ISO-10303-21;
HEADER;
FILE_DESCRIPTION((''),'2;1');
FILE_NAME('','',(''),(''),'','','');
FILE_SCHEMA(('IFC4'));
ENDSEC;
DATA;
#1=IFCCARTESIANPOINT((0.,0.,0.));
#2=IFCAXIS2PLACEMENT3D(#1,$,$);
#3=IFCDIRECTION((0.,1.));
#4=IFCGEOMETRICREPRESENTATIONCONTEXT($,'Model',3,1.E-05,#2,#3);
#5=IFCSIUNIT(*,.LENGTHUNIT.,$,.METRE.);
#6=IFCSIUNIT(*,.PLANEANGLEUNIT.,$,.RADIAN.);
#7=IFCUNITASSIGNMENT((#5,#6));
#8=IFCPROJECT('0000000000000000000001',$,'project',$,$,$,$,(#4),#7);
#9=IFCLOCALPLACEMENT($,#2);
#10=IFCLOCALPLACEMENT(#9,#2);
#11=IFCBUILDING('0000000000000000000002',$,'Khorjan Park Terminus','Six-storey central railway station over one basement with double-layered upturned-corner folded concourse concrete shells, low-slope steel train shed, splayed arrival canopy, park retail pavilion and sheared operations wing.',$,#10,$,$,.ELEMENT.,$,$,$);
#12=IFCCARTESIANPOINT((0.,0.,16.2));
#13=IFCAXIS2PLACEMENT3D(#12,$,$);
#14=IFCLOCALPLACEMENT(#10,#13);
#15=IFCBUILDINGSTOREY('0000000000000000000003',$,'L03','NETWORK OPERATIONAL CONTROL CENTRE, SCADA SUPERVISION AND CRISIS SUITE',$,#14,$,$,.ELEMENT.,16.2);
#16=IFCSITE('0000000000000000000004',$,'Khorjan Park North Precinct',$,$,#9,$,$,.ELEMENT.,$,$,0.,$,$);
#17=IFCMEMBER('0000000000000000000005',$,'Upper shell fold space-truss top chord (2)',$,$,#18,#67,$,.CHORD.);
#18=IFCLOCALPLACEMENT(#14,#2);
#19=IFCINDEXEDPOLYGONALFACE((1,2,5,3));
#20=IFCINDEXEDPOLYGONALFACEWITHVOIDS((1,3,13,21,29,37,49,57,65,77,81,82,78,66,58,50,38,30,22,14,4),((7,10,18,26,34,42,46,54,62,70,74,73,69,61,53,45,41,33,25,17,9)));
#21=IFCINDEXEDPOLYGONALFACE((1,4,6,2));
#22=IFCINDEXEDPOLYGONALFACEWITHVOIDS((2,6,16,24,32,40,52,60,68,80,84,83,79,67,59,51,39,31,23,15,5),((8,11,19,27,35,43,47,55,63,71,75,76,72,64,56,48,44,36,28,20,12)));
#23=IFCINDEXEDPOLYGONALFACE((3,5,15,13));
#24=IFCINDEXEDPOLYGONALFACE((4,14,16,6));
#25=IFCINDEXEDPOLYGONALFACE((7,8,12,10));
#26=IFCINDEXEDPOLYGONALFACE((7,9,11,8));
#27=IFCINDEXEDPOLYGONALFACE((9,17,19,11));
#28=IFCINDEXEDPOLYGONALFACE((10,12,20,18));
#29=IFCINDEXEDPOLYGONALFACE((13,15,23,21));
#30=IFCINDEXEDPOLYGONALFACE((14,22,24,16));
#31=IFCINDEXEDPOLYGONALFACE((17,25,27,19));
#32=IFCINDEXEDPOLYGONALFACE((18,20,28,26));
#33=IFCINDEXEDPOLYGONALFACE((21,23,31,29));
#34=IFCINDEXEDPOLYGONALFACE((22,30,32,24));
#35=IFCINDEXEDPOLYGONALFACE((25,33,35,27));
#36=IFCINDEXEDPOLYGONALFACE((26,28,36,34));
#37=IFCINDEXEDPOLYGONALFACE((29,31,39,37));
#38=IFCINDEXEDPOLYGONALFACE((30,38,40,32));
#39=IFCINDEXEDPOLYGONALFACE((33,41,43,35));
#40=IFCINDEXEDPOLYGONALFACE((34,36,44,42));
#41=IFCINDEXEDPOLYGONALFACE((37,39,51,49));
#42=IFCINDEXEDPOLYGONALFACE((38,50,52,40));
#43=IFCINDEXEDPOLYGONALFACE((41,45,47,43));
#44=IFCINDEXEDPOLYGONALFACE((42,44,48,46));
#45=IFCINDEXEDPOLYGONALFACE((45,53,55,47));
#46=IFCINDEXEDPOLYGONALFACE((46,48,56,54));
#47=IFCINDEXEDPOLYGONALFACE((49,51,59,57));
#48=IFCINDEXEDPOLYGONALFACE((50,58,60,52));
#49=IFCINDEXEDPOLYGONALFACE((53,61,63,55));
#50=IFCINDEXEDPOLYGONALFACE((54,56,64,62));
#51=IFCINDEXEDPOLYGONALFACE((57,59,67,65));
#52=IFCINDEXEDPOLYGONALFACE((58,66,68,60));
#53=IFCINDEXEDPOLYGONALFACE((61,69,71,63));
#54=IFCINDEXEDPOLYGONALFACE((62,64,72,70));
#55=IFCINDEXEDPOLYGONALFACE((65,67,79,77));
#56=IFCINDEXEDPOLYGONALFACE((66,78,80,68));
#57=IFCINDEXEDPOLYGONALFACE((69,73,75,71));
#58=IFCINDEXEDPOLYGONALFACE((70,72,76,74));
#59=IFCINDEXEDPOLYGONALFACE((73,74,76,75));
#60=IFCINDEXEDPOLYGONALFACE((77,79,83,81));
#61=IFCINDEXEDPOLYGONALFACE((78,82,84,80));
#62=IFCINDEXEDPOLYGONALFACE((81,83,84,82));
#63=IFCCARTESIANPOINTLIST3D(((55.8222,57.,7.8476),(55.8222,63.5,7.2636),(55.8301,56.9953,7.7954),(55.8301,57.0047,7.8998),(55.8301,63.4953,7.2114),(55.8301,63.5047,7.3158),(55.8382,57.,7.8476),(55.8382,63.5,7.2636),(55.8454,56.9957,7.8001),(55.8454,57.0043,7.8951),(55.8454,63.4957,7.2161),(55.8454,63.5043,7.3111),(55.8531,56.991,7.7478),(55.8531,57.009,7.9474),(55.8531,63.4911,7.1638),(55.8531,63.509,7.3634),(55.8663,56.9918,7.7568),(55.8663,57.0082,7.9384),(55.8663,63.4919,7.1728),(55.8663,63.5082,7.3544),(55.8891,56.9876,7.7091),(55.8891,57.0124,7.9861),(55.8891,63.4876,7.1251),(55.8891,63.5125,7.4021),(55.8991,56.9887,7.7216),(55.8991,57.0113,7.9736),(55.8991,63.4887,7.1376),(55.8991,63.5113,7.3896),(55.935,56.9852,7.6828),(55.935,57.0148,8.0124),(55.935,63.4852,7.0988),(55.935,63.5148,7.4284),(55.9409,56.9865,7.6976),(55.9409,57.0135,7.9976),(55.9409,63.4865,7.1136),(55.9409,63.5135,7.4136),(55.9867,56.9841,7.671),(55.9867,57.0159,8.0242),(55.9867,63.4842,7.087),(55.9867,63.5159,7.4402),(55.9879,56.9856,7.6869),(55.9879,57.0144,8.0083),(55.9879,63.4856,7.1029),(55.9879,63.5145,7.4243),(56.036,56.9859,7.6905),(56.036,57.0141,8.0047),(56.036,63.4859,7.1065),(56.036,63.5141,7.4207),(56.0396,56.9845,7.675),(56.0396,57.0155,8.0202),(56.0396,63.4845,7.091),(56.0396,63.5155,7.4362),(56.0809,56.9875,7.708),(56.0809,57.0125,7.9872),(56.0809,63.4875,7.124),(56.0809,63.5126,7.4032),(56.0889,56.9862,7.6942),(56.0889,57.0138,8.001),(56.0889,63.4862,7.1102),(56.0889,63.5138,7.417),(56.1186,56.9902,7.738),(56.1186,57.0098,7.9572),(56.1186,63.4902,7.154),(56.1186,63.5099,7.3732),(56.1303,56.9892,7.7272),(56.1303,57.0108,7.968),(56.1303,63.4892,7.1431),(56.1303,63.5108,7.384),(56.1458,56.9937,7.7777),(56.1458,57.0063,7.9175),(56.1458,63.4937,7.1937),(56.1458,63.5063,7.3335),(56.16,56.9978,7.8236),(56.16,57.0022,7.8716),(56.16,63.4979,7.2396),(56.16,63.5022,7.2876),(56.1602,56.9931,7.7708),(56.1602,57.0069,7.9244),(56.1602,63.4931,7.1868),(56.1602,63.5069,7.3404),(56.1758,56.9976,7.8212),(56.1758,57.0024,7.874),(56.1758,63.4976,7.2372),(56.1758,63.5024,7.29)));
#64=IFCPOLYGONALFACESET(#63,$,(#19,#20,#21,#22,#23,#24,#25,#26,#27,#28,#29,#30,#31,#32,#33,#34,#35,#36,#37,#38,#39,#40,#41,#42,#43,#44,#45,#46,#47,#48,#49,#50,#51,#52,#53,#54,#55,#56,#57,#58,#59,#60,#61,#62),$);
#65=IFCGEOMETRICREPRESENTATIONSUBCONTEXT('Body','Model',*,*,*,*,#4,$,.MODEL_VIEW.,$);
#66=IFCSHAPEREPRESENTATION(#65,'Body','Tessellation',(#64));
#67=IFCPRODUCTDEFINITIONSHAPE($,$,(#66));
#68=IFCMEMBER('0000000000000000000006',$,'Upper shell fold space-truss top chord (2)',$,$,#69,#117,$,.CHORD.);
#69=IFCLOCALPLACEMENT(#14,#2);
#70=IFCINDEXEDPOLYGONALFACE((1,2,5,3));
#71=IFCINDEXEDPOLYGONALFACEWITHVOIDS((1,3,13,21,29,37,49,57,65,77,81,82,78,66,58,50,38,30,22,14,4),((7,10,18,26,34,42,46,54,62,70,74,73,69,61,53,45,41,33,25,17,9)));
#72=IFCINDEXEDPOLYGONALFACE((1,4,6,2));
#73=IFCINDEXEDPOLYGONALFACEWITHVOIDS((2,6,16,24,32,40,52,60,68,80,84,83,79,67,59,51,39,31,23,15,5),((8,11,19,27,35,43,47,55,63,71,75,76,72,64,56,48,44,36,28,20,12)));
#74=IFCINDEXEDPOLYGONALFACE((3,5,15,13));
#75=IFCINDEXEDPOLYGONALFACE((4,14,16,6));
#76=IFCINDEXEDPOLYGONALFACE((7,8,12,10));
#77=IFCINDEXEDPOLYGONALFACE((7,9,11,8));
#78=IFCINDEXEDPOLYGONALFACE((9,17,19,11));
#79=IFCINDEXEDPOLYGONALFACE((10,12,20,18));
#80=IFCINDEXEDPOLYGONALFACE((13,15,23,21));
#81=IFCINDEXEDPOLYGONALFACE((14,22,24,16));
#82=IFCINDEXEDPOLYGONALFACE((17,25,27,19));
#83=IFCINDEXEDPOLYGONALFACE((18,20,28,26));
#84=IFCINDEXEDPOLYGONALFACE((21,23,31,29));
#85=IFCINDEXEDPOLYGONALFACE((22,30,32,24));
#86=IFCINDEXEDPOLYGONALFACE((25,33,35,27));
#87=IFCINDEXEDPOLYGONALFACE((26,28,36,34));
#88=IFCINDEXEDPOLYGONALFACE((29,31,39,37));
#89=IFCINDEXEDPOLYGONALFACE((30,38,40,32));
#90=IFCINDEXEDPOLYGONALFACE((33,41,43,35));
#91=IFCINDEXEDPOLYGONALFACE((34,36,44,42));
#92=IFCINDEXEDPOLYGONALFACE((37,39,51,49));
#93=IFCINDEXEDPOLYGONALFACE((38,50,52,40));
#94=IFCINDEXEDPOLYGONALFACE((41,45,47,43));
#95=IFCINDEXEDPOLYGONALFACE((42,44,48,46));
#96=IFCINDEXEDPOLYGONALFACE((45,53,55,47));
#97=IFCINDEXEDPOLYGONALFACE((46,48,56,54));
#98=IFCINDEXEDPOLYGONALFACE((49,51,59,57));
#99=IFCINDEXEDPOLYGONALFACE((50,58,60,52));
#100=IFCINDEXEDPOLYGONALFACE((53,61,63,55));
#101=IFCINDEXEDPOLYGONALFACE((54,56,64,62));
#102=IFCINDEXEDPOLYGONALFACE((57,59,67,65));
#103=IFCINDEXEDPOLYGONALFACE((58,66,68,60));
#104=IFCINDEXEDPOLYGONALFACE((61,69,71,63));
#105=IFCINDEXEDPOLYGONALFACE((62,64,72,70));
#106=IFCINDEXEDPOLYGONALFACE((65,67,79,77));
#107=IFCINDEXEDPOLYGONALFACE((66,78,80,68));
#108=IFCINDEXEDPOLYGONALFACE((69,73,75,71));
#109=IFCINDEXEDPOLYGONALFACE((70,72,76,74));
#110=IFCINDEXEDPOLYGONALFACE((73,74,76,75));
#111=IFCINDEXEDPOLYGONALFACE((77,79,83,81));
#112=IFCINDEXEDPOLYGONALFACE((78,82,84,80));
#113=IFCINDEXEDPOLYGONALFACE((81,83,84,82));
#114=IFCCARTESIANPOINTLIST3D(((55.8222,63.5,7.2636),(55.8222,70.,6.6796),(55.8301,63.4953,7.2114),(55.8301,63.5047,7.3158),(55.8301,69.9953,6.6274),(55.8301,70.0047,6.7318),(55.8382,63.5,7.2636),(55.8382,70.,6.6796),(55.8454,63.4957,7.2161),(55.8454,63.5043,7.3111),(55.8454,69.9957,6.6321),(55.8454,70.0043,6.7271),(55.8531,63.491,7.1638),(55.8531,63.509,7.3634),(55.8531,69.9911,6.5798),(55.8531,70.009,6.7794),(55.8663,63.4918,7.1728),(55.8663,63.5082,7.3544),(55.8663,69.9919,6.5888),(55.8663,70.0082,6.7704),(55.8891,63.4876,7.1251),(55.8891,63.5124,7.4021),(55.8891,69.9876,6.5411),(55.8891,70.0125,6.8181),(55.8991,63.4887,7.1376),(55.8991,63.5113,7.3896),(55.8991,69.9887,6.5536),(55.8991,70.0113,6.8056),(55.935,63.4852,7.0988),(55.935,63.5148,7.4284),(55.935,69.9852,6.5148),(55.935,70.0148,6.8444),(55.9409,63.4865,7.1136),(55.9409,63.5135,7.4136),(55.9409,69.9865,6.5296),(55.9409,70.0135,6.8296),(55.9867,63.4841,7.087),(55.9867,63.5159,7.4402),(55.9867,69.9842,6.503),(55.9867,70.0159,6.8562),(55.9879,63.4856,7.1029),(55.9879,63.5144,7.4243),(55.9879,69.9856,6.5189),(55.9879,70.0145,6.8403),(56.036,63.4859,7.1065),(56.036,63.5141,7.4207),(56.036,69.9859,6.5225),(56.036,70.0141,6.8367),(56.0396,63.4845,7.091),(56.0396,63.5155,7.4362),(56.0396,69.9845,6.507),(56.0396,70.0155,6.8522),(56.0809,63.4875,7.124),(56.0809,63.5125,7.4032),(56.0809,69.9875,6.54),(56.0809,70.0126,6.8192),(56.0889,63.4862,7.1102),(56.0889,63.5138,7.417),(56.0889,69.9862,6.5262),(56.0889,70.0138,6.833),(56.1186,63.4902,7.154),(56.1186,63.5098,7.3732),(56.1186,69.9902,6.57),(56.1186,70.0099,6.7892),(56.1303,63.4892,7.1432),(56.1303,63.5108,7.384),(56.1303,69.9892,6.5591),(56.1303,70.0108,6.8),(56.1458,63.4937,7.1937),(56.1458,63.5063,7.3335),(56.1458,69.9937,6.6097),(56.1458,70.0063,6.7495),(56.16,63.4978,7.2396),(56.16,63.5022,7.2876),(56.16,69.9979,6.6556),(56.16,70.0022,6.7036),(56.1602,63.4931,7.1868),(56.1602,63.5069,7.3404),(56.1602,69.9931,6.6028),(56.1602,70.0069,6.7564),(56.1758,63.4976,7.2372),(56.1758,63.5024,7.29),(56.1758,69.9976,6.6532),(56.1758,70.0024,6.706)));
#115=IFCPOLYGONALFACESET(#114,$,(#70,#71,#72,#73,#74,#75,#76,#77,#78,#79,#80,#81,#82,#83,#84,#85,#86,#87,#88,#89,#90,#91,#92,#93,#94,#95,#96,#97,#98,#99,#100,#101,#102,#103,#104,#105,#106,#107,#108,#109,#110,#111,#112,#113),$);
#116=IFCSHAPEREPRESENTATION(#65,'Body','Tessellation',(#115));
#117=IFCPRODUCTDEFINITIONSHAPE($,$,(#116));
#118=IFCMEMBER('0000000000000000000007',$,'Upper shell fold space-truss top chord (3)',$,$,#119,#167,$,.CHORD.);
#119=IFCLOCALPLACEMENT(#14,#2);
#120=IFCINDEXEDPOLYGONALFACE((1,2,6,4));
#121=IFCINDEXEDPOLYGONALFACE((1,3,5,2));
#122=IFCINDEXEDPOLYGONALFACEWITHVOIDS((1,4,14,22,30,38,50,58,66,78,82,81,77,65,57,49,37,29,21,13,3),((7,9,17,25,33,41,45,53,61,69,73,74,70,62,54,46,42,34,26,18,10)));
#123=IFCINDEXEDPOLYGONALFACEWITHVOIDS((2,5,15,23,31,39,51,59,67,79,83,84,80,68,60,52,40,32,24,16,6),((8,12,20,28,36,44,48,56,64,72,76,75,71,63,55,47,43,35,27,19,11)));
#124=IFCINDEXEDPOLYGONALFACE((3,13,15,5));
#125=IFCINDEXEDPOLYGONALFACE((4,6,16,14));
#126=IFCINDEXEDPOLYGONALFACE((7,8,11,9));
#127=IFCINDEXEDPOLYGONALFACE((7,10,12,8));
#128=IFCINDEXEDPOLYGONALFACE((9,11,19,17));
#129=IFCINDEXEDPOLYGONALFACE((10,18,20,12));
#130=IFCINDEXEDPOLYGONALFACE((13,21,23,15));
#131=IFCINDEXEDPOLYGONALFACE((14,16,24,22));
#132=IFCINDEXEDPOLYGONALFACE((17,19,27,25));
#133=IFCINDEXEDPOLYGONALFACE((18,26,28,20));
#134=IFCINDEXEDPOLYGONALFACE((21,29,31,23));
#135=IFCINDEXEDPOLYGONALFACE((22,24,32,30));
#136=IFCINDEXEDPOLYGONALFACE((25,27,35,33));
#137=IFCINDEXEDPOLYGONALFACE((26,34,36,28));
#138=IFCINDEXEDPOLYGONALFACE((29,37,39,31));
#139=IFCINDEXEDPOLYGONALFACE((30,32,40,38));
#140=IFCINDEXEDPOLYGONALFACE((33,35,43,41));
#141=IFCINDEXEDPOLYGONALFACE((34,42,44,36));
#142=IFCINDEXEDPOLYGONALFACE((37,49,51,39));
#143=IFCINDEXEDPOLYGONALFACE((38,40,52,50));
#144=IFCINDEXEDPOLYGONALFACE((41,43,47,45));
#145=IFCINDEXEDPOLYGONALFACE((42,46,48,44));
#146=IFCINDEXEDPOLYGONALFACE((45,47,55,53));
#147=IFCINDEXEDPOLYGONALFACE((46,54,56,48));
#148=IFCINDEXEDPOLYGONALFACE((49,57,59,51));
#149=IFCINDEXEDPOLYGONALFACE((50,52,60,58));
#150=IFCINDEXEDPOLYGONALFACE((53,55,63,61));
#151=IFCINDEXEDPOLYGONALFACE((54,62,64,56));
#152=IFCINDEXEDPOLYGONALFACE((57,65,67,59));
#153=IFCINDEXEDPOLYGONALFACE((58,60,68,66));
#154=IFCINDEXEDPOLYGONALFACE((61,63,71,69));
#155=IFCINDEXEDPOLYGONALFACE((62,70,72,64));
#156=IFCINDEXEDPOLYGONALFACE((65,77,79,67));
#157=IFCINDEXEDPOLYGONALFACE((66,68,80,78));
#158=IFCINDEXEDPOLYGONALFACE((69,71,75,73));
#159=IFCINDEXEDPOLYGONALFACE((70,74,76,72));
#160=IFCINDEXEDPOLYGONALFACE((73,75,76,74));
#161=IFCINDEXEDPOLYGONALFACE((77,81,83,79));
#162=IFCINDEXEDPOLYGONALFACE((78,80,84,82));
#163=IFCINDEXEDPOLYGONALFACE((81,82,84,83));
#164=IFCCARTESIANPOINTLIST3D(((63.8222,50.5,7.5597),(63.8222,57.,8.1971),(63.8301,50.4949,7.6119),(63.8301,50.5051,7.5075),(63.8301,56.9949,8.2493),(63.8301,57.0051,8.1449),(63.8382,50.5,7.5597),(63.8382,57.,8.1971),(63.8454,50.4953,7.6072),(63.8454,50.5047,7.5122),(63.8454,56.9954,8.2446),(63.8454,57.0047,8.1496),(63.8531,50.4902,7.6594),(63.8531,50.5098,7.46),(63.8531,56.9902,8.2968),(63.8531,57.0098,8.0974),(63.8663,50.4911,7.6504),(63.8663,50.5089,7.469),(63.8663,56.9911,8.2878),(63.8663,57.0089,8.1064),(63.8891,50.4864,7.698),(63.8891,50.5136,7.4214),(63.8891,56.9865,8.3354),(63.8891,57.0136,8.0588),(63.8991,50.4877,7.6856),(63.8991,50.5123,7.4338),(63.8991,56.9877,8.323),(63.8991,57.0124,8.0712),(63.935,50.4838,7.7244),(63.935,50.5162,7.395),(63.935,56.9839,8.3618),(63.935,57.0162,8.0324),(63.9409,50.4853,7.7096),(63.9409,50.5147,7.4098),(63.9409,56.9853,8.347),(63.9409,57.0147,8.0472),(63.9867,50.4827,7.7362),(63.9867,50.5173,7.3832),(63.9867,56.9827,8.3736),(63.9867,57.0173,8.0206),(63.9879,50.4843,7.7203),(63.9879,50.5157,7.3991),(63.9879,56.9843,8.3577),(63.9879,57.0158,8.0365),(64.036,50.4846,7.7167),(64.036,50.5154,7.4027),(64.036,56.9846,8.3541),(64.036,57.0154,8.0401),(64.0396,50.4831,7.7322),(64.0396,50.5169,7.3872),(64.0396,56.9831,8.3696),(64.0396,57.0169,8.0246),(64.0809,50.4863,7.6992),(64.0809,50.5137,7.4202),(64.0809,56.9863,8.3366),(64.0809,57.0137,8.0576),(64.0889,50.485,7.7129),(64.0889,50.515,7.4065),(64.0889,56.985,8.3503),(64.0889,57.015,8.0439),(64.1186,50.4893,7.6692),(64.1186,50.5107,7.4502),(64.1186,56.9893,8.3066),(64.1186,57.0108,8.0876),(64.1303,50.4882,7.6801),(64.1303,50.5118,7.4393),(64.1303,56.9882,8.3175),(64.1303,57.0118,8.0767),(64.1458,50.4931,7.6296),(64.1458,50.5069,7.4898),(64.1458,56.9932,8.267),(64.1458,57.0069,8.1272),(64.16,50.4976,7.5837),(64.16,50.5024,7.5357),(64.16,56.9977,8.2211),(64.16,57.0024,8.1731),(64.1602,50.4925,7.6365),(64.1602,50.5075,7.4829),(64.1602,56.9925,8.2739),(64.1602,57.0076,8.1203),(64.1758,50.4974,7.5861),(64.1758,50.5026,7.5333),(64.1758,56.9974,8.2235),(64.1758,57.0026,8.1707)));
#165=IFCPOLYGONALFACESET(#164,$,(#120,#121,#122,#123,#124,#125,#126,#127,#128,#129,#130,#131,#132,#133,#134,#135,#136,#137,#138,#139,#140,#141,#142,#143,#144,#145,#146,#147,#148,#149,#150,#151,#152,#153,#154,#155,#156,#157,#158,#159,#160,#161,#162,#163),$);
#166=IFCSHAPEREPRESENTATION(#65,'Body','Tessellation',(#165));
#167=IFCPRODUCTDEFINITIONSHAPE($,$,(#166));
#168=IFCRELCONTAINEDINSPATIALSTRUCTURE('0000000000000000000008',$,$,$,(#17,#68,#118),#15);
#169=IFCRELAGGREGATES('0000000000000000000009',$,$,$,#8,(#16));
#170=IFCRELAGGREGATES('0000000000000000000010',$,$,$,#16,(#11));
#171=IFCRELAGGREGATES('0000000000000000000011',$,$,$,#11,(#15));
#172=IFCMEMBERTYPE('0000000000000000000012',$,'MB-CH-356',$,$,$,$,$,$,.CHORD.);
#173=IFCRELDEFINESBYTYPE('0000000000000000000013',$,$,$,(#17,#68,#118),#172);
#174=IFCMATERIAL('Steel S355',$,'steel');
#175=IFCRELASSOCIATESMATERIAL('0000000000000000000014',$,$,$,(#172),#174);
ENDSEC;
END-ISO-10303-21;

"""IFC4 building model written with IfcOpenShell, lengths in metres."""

from ifc_helpers import new_model, si_unit, direction, frame, origin, origin_2d, place, context, subcontext, project, spatial, hollow_circle, extrude, material, material_profile, profile_set, type_object, element, save


model = new_model("IFC4")

# Units and contexts
model_context = context("Model", 3, precision=1e-05, world=origin(), true_north=direction((0.0, 1.0)))
body_context = subcontext(model_context, "Body", "Model", "MODEL_VIEW")
ifc_project = project(units=[si_unit("LENGTHUNIT", "METRE"), si_unit("PLANEANGLEUNIT", "RADIAN")], contexts=[model_context])

# Site, building, storey
site_placement = place(None, origin())
site = spatial("IfcSite", under=ifc_project, at=site_placement, Name="Khorjan Park North Precinct", CompositionType="ELEMENT", RefElevation=0.0)
building_placement = place(site_placement, origin())
building = spatial("IfcBuilding", under=site, at=building_placement, Name="Khorjan Park Terminus", Description="Six-storey central railway station over one basement with double-layered upturned-corner folded concourse concrete shells, low-slope steel train shed, splayed arrival canopy, park retail pavilion and sheared operations wing.", CompositionType="ELEMENT")
storey_placement = place(building_placement, frame((0.0, 0.0, 16.2)))
storey = spatial("IfcBuildingStorey", under=building, at=storey_placement, Name="L03", Description="NETWORK OPERATIONAL CONTROL CENTRE, SCADA SUPERVISION AND CRISIS SUITE", CompositionType="ELEMENT", Elevation=16.2)

# Members
ifc_material = material(Name="Steel S355", Category="steel")
ifc_material_profile_1 = material_profile(ifc_material, hollow_circle(Radius=0.1778, WallThickness=0.016, at=origin_2d()), Name="CHS 355.6x16")
ifc_profile_set_1 = profile_set([ifc_material_profile_1], Name="Steel S355")
member_type_1 = type_object("IfcMemberType", Name="MB-CH-356", PredefinedType="CHORD", material=ifc_profile_set_1)
for number, where, z_axis, x_axis, name in (
    (1, (56.0, 57.0, 7.8476), (0.0, 0.995988, -0.089486), (-1.0, 0.0, 0.0), "Upper shell fold space-truss top chord (2)"),
    (2, (56.0, 63.5, 7.2636), (0.0, 0.995988, -0.089486), (-1.0, 0.0, 0.0), "Upper shell fold space-truss top chord (2)"),
):
    element("IfcMember", number, at=place(storey_placement, frame(where, z_axis=z_axis, x_axis=x_axis)), inside=storey, type_object=member_type_1, Name=name, PredefinedType="CHORD", context=body_context, shape_type="SweptSolid", body=[
        extrude(hollow_circle(Radius=0.1778, WallThickness=0.016, at=origin_2d()), origin(), (0.0, 0.0, 1.0), 6.5262),
    ])
for number, where, z_axis, x_axis, name in (
    (3, (64.0, 50.5, 7.5597), (0.0, 0.995226, 0.097593), (-1.0, 0.0, 0.0), "Upper shell fold space-truss top chord (3)"),
):
    element("IfcMember", number, at=place(storey_placement, frame(where, z_axis=z_axis, x_axis=x_axis)), inside=storey, type_object=member_type_1, Name=name, PredefinedType="CHORD", context=body_context, shape_type="SweptSolid", body=[
        extrude(hollow_circle(Radius=0.1778, WallThickness=0.016, at=origin_2d()), origin(), (0.0, 0.0, 1.0), 6.5312),
    ])

save(model, "model.ifc")
